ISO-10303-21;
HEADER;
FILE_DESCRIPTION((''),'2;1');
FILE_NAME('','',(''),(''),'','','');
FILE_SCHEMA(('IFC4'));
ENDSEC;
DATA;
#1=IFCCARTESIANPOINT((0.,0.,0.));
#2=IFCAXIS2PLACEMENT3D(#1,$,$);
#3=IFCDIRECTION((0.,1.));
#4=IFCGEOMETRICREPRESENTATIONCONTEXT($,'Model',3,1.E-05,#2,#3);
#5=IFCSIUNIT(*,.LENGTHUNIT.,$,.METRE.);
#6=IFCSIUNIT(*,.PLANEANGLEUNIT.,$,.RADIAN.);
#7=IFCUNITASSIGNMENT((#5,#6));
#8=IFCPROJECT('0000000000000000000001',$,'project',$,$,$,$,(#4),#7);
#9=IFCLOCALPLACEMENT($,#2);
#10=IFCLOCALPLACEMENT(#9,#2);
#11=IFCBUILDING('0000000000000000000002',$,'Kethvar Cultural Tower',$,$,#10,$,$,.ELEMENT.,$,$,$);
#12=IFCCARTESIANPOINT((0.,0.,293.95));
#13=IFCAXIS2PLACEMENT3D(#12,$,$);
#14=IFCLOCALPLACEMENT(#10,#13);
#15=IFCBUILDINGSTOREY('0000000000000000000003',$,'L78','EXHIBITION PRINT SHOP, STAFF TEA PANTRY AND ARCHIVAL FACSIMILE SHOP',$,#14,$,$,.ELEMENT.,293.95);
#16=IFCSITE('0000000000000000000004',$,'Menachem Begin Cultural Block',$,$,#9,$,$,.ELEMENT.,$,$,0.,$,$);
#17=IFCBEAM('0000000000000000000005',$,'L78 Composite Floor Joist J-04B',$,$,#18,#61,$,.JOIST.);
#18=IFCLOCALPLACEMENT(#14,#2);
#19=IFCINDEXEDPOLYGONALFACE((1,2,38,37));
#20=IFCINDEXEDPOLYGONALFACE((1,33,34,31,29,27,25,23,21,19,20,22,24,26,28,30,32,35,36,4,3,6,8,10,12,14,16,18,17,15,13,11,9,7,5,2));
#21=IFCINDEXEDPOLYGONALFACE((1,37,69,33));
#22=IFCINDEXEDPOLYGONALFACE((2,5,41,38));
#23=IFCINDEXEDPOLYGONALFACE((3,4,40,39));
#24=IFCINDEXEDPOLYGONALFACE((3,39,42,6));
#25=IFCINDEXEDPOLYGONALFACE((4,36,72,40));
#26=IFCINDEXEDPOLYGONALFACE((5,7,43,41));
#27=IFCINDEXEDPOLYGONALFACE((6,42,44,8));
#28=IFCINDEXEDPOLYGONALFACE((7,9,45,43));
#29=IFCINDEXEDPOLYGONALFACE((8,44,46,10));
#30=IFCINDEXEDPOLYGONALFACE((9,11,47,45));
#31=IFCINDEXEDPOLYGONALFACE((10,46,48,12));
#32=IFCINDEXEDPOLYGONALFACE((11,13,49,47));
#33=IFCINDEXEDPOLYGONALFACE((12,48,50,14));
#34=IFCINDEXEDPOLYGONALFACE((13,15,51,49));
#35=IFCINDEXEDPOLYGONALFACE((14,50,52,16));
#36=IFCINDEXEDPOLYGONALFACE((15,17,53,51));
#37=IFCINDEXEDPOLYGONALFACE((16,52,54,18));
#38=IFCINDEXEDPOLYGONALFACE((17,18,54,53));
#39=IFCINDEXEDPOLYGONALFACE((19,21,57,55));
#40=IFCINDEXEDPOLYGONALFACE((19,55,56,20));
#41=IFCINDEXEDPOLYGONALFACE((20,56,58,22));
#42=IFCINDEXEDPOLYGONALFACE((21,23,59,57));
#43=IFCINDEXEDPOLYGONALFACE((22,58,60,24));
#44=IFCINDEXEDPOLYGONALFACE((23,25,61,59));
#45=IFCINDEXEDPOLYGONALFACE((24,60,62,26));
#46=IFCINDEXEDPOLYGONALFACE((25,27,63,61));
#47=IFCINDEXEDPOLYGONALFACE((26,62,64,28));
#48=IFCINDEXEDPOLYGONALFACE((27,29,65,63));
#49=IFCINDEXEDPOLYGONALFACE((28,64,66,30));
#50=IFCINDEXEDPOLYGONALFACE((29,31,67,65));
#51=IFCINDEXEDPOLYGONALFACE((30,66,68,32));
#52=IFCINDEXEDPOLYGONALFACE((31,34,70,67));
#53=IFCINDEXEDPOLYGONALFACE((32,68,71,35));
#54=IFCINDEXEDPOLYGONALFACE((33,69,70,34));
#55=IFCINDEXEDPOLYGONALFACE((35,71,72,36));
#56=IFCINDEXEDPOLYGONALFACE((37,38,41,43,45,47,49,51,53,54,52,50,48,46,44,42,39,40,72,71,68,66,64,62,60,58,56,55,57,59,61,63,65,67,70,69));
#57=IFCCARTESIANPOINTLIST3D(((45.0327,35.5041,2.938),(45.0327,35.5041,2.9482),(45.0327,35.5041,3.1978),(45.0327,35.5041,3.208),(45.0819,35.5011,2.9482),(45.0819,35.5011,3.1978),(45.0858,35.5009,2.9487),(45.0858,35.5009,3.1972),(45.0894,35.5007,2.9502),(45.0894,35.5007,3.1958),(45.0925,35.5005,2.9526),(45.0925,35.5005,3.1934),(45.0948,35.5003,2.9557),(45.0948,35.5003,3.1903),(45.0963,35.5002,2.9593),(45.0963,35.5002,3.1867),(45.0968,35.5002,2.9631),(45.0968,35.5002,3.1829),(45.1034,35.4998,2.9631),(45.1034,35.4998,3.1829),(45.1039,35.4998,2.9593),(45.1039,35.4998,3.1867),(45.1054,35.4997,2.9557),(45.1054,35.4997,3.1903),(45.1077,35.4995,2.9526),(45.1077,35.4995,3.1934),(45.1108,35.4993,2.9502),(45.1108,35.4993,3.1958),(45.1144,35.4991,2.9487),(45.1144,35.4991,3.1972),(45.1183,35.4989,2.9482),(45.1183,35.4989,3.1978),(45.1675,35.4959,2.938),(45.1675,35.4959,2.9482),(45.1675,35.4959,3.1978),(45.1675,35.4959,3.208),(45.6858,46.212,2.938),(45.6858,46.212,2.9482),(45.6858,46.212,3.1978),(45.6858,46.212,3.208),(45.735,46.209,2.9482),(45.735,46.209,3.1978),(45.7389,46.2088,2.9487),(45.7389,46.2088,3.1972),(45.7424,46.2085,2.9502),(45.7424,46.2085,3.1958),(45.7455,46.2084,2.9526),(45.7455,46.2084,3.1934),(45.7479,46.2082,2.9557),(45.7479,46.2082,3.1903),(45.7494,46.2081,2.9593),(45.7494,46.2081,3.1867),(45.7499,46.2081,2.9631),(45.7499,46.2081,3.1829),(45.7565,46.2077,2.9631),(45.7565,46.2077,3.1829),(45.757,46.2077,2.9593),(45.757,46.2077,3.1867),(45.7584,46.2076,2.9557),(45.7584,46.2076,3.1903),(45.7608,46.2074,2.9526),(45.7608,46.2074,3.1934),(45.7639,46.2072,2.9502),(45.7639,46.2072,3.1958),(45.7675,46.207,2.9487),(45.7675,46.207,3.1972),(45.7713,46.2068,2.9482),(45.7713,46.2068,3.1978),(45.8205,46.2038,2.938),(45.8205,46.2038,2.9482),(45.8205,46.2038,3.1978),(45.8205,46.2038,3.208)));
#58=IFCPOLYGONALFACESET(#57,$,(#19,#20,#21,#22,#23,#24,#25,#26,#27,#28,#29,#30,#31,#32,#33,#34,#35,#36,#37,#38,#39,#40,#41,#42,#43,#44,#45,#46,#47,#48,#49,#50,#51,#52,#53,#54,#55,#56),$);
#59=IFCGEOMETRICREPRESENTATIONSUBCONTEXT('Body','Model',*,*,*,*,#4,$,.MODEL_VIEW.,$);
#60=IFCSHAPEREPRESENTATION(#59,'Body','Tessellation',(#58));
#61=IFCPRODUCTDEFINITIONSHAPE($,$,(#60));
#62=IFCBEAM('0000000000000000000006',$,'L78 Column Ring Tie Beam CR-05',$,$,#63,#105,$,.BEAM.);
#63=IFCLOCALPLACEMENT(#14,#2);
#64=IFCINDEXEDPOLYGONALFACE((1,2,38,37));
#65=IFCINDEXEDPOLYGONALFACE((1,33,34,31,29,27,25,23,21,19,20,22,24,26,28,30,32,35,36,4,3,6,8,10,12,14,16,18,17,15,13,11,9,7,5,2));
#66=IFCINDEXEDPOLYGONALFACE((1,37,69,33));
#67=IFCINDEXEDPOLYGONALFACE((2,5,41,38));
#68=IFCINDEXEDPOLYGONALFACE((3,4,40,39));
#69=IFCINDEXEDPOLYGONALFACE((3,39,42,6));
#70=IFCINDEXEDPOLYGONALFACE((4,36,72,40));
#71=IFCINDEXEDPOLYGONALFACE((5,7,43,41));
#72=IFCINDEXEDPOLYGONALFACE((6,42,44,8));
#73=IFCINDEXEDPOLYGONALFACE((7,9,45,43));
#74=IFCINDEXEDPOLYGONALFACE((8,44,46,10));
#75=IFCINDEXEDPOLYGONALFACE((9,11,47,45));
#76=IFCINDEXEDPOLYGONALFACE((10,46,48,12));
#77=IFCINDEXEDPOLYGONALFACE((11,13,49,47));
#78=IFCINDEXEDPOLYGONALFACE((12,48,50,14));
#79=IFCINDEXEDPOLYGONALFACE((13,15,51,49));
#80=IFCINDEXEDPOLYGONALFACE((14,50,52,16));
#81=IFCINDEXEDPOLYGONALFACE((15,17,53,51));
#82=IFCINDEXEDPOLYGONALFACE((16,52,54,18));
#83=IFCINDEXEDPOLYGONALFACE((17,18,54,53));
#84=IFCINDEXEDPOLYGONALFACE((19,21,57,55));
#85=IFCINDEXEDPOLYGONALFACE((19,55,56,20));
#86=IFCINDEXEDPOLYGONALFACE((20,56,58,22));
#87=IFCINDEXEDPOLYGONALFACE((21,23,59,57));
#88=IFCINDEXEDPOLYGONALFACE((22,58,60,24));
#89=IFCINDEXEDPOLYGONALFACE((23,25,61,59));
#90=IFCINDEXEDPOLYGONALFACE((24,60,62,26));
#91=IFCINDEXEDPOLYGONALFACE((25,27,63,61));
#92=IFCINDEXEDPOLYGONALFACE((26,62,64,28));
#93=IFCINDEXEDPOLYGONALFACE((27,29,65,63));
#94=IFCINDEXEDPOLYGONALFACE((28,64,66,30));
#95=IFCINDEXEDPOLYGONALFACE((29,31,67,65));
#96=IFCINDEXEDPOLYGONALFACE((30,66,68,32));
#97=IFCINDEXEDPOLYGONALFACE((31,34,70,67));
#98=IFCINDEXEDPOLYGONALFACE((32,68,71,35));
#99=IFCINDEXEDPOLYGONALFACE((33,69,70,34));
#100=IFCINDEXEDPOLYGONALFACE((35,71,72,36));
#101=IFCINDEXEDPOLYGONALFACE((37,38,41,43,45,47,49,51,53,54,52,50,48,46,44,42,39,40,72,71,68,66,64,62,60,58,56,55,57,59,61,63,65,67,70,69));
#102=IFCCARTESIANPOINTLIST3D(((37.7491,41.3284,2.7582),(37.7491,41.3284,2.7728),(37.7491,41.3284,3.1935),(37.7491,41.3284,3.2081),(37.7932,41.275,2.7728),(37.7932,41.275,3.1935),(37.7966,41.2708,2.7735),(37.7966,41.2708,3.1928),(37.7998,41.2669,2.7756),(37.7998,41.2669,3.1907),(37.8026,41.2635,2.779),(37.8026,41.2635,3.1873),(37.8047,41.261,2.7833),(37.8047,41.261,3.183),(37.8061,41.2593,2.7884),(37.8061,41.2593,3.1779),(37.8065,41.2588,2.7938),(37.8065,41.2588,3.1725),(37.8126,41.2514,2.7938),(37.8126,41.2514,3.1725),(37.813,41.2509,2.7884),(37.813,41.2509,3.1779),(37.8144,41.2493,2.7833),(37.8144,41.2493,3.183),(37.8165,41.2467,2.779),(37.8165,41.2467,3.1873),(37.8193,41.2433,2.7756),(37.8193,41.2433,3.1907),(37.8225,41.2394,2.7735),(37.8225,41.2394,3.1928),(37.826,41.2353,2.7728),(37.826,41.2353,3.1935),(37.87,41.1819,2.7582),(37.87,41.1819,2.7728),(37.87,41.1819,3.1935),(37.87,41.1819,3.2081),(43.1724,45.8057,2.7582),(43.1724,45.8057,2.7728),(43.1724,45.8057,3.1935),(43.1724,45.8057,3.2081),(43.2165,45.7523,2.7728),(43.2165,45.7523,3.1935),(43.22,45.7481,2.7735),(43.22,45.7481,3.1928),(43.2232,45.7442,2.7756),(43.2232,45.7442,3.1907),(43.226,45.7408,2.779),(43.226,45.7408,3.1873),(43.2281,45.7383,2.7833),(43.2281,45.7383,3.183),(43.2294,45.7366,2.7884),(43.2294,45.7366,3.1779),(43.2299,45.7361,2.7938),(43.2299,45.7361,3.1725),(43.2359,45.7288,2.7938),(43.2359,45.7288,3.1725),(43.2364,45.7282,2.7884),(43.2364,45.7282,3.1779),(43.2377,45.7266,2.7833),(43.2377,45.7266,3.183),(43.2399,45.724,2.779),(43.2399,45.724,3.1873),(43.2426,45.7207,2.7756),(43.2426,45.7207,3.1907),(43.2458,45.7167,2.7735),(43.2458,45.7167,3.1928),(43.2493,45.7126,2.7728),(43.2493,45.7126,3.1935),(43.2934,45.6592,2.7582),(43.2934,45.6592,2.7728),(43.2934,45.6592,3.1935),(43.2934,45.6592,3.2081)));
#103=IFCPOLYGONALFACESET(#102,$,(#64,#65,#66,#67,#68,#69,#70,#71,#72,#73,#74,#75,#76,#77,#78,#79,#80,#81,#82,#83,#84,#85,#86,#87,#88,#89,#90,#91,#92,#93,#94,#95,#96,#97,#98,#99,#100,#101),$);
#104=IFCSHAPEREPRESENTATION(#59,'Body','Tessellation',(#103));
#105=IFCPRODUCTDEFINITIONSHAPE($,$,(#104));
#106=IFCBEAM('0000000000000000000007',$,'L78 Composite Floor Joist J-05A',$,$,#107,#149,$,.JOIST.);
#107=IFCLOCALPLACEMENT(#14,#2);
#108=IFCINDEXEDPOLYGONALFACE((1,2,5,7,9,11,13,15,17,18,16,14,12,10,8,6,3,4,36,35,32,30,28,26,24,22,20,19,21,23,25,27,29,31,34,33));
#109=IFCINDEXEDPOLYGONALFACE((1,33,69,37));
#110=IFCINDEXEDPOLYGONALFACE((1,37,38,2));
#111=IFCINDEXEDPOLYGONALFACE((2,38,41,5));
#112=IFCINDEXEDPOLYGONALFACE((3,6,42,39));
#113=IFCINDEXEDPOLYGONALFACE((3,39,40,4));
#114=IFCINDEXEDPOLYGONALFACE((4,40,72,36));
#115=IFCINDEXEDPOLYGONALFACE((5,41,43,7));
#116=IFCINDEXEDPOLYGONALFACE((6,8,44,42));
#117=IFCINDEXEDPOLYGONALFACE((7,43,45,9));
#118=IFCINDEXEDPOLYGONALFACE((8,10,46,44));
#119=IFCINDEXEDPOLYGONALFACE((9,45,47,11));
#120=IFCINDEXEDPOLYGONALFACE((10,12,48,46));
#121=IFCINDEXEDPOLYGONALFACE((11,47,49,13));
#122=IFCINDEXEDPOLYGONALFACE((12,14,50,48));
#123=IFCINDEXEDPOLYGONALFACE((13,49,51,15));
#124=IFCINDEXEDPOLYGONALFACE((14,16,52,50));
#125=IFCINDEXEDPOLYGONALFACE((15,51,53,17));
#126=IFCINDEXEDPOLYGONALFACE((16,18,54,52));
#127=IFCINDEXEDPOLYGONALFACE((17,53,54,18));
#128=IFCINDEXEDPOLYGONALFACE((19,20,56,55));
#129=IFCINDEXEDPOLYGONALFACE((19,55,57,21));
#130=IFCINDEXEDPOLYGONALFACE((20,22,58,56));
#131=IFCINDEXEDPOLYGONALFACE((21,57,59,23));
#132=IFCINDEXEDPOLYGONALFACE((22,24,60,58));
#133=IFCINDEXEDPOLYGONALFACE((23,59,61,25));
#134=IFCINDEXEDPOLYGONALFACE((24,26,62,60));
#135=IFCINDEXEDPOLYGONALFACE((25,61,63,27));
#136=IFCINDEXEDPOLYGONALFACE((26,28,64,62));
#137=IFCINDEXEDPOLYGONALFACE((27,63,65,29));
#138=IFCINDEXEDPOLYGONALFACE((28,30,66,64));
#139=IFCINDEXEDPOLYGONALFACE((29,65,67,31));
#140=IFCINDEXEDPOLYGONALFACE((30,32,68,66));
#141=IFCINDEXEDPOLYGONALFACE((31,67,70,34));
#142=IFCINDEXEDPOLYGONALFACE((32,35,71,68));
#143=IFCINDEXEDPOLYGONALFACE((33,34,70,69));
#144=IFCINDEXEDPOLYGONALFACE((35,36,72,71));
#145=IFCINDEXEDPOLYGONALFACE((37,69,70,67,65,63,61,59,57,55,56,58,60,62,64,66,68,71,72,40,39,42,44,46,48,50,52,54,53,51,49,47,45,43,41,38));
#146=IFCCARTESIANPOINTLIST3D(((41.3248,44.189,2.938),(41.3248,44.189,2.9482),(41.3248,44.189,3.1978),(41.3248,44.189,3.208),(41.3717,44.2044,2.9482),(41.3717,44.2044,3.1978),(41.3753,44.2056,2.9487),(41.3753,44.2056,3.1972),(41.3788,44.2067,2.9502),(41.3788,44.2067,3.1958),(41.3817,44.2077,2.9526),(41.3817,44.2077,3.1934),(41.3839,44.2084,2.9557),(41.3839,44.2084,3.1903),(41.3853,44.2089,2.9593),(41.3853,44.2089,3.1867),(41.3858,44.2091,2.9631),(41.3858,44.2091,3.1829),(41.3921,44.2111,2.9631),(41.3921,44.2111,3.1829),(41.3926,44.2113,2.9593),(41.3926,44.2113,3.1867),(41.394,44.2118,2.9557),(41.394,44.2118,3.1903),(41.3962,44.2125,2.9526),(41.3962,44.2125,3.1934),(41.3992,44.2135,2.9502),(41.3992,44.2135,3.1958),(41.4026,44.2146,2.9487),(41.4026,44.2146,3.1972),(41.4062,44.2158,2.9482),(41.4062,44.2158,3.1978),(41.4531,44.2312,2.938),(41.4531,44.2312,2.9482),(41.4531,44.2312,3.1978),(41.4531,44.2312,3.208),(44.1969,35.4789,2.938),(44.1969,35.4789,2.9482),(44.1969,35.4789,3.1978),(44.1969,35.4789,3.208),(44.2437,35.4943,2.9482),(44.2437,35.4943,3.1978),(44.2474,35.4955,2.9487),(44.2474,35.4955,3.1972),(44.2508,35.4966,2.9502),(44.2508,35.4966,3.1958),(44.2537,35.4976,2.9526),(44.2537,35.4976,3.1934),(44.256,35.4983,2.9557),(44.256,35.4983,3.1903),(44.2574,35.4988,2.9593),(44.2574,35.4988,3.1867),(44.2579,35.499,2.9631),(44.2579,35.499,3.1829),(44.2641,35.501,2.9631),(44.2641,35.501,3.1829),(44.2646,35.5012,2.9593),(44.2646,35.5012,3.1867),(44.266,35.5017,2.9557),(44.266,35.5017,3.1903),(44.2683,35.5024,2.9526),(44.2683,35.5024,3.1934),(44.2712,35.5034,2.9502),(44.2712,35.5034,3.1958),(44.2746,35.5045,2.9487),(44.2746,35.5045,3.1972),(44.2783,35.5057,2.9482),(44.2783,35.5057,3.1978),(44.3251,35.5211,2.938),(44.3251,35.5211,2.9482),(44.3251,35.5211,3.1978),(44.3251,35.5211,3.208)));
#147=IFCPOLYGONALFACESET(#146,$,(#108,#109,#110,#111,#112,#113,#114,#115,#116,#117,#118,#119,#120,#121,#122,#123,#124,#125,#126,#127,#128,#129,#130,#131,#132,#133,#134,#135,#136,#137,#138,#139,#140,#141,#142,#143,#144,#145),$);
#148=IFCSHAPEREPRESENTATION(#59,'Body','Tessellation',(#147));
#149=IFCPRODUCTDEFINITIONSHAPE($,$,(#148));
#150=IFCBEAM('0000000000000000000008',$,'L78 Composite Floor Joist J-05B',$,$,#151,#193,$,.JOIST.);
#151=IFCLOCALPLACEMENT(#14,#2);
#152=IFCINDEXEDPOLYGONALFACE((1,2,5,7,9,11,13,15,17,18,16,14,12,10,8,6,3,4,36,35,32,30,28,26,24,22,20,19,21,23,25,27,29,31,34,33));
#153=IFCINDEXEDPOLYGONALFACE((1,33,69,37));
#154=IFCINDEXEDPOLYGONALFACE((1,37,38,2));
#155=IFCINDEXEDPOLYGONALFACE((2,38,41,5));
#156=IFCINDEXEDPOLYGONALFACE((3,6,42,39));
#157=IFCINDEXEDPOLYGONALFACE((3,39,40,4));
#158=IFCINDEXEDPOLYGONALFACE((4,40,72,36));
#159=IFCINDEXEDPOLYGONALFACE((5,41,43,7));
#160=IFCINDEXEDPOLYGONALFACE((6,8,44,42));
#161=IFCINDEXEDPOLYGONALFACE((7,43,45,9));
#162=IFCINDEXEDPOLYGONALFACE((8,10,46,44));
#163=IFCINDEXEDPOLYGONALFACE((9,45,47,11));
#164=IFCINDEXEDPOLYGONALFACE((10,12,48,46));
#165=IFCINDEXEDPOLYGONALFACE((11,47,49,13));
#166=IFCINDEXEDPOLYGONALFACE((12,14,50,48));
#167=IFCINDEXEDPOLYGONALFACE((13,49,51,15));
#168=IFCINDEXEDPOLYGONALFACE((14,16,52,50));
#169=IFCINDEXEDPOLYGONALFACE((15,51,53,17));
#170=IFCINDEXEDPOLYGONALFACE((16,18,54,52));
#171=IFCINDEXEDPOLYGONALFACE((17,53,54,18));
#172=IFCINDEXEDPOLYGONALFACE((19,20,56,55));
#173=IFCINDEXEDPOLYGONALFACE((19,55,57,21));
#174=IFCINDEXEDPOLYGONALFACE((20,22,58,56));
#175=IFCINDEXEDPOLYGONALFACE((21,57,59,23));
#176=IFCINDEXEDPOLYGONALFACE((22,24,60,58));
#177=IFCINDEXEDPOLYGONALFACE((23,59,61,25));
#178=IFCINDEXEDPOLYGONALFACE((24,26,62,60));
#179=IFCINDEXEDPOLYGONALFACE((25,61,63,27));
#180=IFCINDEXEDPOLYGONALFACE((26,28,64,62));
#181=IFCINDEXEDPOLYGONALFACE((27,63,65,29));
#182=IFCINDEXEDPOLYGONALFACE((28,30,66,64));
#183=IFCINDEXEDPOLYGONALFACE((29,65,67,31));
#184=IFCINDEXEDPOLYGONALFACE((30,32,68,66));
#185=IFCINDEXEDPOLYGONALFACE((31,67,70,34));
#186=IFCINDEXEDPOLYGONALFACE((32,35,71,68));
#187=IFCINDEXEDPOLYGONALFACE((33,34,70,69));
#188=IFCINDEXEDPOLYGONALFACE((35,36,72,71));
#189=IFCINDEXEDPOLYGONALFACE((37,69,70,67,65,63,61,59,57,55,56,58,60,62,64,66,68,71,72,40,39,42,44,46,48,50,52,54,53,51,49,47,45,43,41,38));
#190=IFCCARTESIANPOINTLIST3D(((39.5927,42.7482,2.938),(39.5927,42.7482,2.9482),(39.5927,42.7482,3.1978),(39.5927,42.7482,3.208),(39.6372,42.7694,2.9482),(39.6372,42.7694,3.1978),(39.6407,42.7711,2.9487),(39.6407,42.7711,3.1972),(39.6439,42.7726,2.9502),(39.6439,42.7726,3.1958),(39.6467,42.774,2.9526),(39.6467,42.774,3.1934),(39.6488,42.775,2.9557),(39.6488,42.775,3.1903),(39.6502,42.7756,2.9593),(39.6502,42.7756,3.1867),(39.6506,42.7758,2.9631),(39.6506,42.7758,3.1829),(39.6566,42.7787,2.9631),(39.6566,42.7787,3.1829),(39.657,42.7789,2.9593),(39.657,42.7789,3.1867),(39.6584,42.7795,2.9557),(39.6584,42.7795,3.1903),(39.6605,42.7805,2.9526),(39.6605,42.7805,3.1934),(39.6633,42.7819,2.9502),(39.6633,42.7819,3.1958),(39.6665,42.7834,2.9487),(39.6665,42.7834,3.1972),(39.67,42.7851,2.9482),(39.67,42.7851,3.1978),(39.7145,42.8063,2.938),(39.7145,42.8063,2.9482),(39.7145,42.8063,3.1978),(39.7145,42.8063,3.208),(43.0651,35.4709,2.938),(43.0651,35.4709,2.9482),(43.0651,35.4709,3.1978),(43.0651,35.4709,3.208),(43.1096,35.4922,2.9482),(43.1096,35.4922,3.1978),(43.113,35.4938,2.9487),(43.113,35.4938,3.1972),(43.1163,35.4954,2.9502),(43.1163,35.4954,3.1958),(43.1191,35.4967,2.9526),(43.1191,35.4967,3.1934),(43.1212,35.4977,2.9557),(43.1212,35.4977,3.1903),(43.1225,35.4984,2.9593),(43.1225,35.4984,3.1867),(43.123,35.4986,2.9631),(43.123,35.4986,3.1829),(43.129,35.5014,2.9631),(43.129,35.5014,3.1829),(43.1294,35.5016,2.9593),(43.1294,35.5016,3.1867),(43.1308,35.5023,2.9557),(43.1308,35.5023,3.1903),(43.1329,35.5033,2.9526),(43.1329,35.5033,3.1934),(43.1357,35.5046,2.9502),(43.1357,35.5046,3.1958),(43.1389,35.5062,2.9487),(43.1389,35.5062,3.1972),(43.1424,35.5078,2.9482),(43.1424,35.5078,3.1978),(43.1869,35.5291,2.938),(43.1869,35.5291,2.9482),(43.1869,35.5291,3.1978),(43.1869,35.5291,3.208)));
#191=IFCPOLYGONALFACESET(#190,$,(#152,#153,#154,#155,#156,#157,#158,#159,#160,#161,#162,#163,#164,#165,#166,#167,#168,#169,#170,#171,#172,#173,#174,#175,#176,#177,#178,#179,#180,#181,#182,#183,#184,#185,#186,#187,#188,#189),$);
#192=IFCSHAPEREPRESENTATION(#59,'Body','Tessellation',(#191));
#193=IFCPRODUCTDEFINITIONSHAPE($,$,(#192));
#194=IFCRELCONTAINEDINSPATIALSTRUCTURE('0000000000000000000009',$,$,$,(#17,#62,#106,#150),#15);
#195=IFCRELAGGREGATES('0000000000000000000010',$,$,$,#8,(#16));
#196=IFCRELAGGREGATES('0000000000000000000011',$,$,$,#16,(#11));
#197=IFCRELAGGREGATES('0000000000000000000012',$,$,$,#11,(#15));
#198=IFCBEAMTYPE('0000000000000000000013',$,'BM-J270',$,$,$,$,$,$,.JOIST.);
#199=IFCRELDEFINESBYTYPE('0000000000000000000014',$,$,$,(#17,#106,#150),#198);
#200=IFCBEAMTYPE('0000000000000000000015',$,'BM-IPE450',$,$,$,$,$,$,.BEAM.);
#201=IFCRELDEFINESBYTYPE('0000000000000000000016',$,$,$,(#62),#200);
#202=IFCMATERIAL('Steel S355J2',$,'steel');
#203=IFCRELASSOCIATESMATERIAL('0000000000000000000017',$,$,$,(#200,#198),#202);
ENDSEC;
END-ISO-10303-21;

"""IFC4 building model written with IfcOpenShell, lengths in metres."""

from ifc_helpers import new_model, si_unit, direction, frame, origin, origin_2d, place, context, subcontext, project, spatial, i_section, extrude, source, transform, mapped, material, material_profile, profile_set, type_object, element, save


model = new_model("IFC4")

# Units and contexts
model_context = context("Model", 3, precision=1e-05, world=origin(), true_north=direction((0.0, 1.0)))
body_context = subcontext(model_context, "Body", "Model", "MODEL_VIEW")
ifc_project = project(units=[si_unit("LENGTHUNIT", "METRE"), si_unit("PLANEANGLEUNIT", "RADIAN")], contexts=[model_context])

# Site, building, storey
site_placement = place(None, origin())
site = spatial("IfcSite", under=ifc_project, at=site_placement, Name="Menachem Begin Cultural Block", CompositionType="ELEMENT", RefElevation=0.0)
building_placement = place(site_placement, origin())
building = spatial("IfcBuilding", under=site, at=building_placement, Name="Kethvar Cultural Tower", CompositionType="ELEMENT")
storey_placement = place(building_placement, frame((0.0, 0.0, 293.95)))
storey = spatial("IfcBuildingStorey", under=building, at=storey_placement, Name="L78", Description="EXHIBITION PRINT SHOP, STAFF TEA PANTRY AND ARCHIVAL FACSIMILE SHOP", CompositionType="ELEMENT", Elevation=293.95)

# Shared definitions
ifc_material_1 = material(Name="Steel S355J2", Category="steel")

# Beams
ifc_material_profile_1 = material_profile(ifc_material_1, i_section(OverallWidth=0.1899, OverallDepth=0.45, WebThickness=0.0095, FlangeThickness=0.0146, FilletRadius=0.021, at=origin_2d()), Name="Steel S355J2 — IPE450")
ifc_profile_set_1 = profile_set([ifc_material_profile_1], Name="Steel S355J2 — IPE450")
beam_type_1 = type_object("IfcBeamType", Name="BM-IPE450", PredefinedType="BEAM", material=ifc_profile_set_1)
ifc_material_profile_2 = material_profile(ifc_material_1, i_section(OverallWidth=0.135, OverallDepth=0.27, WebThickness=0.0066, FlangeThickness=0.0103, FilletRadius=0.0149, at=origin_2d()), Name="Steel S355J2 — IPE270")
ifc_profile_set_2 = profile_set([ifc_material_profile_2], Name="Steel S355J2 — IPE270")
beam_type_2 = type_object("IfcBeamType", Name="BM-J270", PredefinedType="JOIST", material=ifc_profile_set_2)
shared_shape_1 = source(origin(), body_context, "Body", "SweptSolid", [
    extrude(i_section(OverallWidth=0.135, OverallDepth=0.27, WebThickness=0.0066, FlangeThickness=0.0103, FilletRadius=0.0149, at=origin_2d()), origin(), (0.0, 0.0, 1.0), 10.7278),
])
beam_1_placement = place(storey_placement, frame((45.1001, 35.5, 3.073), z_axis=(0.060876, 0.998145, 0.0), x_axis=(-0.998145, 0.060876, 0.0)))
element("IfcBeam", 1, at=beam_1_placement, inside=storey, type_object=beam_type_2, Name="L78 Composite Floor Joist J-04B", PredefinedType="JOIST", context=body_context, shape_type="MappedRepresentation", body=[
    mapped(shared_shape_1, transform((0.0, 0.0, 0.0), scale=1.0)),
])
shared_shape_2 = source(origin(), body_context, "Body", "SweptSolid", [
    extrude(i_section(OverallWidth=0.1899, OverallDepth=0.45, WebThickness=0.0095, FlangeThickness=0.0146, FilletRadius=0.021, at=origin_2d()), origin(), (0.0, 0.0, 1.0), 7.0327),
])
beam_2_placement = place(storey_placement, frame((43.2329, 45.7324, 2.9832), z_axis=(-0.771161, -0.63664, 0.0), x_axis=(0.63664, -0.771161, 0.0)))
element("IfcBeam", 2, at=beam_2_placement, inside=storey, type_object=beam_type_1, Name="L78 Column Ring Tie Beam CR-05", PredefinedType="BEAM", context=body_context, shape_type="MappedRepresentation", body=[
    mapped(shared_shape_2, transform((0.0, 0.0, 0.0), scale=1.0)),
])
shared_shape_3 = source(origin(), body_context, "Body", "SweptSolid", [
    extrude(i_section(OverallWidth=0.135, OverallDepth=0.27, WebThickness=0.0066, FlangeThickness=0.0103, FilletRadius=0.0149, at=origin_2d()), origin(), (0.0, 0.0, 1.0), 9.1714),
])
beam_3_placement = place(storey_placement, frame((44.261, 35.5, 3.073), z_axis=(-0.313152, 0.949703, 0.0), x_axis=(-0.949703, -0.313152, 0.0)))
element("IfcBeam", 3, at=beam_3_placement, inside=storey, type_object=beam_type_2, Name="L78 Composite Floor Joist J-05A", PredefinedType="JOIST", context=body_context, shape_type="MappedRepresentation", body=[
    mapped(shared_shape_3, transform((0.0, 0.0, 0.0), scale=1.0)),
])
shared_shape_4 = source(origin(), body_context, "Body", "SweptSolid", [
    extrude(i_section(OverallWidth=0.135, OverallDepth=0.27, WebThickness=0.0066, FlangeThickness=0.0103, FilletRadius=0.0149, at=origin_2d()), origin(), (0.0, 0.0, 1.0), 8.0632),
])
beam_4_placement = place(storey_placement, frame((43.126, 35.5, 3.073), z_axis=(-0.430642, 0.902523, 0.0), x_axis=(-0.902523, -0.430642, 0.0)))
element("IfcBeam", 4, at=beam_4_placement, inside=storey, type_object=beam_type_2, Name="L78 Composite Floor Joist J-05B", PredefinedType="JOIST", context=body_context, shape_type="MappedRepresentation", body=[
    mapped(shared_shape_4, transform((0.0, 0.0, 0.0), scale=1.0)),
])

save(model, "model.ifc")
